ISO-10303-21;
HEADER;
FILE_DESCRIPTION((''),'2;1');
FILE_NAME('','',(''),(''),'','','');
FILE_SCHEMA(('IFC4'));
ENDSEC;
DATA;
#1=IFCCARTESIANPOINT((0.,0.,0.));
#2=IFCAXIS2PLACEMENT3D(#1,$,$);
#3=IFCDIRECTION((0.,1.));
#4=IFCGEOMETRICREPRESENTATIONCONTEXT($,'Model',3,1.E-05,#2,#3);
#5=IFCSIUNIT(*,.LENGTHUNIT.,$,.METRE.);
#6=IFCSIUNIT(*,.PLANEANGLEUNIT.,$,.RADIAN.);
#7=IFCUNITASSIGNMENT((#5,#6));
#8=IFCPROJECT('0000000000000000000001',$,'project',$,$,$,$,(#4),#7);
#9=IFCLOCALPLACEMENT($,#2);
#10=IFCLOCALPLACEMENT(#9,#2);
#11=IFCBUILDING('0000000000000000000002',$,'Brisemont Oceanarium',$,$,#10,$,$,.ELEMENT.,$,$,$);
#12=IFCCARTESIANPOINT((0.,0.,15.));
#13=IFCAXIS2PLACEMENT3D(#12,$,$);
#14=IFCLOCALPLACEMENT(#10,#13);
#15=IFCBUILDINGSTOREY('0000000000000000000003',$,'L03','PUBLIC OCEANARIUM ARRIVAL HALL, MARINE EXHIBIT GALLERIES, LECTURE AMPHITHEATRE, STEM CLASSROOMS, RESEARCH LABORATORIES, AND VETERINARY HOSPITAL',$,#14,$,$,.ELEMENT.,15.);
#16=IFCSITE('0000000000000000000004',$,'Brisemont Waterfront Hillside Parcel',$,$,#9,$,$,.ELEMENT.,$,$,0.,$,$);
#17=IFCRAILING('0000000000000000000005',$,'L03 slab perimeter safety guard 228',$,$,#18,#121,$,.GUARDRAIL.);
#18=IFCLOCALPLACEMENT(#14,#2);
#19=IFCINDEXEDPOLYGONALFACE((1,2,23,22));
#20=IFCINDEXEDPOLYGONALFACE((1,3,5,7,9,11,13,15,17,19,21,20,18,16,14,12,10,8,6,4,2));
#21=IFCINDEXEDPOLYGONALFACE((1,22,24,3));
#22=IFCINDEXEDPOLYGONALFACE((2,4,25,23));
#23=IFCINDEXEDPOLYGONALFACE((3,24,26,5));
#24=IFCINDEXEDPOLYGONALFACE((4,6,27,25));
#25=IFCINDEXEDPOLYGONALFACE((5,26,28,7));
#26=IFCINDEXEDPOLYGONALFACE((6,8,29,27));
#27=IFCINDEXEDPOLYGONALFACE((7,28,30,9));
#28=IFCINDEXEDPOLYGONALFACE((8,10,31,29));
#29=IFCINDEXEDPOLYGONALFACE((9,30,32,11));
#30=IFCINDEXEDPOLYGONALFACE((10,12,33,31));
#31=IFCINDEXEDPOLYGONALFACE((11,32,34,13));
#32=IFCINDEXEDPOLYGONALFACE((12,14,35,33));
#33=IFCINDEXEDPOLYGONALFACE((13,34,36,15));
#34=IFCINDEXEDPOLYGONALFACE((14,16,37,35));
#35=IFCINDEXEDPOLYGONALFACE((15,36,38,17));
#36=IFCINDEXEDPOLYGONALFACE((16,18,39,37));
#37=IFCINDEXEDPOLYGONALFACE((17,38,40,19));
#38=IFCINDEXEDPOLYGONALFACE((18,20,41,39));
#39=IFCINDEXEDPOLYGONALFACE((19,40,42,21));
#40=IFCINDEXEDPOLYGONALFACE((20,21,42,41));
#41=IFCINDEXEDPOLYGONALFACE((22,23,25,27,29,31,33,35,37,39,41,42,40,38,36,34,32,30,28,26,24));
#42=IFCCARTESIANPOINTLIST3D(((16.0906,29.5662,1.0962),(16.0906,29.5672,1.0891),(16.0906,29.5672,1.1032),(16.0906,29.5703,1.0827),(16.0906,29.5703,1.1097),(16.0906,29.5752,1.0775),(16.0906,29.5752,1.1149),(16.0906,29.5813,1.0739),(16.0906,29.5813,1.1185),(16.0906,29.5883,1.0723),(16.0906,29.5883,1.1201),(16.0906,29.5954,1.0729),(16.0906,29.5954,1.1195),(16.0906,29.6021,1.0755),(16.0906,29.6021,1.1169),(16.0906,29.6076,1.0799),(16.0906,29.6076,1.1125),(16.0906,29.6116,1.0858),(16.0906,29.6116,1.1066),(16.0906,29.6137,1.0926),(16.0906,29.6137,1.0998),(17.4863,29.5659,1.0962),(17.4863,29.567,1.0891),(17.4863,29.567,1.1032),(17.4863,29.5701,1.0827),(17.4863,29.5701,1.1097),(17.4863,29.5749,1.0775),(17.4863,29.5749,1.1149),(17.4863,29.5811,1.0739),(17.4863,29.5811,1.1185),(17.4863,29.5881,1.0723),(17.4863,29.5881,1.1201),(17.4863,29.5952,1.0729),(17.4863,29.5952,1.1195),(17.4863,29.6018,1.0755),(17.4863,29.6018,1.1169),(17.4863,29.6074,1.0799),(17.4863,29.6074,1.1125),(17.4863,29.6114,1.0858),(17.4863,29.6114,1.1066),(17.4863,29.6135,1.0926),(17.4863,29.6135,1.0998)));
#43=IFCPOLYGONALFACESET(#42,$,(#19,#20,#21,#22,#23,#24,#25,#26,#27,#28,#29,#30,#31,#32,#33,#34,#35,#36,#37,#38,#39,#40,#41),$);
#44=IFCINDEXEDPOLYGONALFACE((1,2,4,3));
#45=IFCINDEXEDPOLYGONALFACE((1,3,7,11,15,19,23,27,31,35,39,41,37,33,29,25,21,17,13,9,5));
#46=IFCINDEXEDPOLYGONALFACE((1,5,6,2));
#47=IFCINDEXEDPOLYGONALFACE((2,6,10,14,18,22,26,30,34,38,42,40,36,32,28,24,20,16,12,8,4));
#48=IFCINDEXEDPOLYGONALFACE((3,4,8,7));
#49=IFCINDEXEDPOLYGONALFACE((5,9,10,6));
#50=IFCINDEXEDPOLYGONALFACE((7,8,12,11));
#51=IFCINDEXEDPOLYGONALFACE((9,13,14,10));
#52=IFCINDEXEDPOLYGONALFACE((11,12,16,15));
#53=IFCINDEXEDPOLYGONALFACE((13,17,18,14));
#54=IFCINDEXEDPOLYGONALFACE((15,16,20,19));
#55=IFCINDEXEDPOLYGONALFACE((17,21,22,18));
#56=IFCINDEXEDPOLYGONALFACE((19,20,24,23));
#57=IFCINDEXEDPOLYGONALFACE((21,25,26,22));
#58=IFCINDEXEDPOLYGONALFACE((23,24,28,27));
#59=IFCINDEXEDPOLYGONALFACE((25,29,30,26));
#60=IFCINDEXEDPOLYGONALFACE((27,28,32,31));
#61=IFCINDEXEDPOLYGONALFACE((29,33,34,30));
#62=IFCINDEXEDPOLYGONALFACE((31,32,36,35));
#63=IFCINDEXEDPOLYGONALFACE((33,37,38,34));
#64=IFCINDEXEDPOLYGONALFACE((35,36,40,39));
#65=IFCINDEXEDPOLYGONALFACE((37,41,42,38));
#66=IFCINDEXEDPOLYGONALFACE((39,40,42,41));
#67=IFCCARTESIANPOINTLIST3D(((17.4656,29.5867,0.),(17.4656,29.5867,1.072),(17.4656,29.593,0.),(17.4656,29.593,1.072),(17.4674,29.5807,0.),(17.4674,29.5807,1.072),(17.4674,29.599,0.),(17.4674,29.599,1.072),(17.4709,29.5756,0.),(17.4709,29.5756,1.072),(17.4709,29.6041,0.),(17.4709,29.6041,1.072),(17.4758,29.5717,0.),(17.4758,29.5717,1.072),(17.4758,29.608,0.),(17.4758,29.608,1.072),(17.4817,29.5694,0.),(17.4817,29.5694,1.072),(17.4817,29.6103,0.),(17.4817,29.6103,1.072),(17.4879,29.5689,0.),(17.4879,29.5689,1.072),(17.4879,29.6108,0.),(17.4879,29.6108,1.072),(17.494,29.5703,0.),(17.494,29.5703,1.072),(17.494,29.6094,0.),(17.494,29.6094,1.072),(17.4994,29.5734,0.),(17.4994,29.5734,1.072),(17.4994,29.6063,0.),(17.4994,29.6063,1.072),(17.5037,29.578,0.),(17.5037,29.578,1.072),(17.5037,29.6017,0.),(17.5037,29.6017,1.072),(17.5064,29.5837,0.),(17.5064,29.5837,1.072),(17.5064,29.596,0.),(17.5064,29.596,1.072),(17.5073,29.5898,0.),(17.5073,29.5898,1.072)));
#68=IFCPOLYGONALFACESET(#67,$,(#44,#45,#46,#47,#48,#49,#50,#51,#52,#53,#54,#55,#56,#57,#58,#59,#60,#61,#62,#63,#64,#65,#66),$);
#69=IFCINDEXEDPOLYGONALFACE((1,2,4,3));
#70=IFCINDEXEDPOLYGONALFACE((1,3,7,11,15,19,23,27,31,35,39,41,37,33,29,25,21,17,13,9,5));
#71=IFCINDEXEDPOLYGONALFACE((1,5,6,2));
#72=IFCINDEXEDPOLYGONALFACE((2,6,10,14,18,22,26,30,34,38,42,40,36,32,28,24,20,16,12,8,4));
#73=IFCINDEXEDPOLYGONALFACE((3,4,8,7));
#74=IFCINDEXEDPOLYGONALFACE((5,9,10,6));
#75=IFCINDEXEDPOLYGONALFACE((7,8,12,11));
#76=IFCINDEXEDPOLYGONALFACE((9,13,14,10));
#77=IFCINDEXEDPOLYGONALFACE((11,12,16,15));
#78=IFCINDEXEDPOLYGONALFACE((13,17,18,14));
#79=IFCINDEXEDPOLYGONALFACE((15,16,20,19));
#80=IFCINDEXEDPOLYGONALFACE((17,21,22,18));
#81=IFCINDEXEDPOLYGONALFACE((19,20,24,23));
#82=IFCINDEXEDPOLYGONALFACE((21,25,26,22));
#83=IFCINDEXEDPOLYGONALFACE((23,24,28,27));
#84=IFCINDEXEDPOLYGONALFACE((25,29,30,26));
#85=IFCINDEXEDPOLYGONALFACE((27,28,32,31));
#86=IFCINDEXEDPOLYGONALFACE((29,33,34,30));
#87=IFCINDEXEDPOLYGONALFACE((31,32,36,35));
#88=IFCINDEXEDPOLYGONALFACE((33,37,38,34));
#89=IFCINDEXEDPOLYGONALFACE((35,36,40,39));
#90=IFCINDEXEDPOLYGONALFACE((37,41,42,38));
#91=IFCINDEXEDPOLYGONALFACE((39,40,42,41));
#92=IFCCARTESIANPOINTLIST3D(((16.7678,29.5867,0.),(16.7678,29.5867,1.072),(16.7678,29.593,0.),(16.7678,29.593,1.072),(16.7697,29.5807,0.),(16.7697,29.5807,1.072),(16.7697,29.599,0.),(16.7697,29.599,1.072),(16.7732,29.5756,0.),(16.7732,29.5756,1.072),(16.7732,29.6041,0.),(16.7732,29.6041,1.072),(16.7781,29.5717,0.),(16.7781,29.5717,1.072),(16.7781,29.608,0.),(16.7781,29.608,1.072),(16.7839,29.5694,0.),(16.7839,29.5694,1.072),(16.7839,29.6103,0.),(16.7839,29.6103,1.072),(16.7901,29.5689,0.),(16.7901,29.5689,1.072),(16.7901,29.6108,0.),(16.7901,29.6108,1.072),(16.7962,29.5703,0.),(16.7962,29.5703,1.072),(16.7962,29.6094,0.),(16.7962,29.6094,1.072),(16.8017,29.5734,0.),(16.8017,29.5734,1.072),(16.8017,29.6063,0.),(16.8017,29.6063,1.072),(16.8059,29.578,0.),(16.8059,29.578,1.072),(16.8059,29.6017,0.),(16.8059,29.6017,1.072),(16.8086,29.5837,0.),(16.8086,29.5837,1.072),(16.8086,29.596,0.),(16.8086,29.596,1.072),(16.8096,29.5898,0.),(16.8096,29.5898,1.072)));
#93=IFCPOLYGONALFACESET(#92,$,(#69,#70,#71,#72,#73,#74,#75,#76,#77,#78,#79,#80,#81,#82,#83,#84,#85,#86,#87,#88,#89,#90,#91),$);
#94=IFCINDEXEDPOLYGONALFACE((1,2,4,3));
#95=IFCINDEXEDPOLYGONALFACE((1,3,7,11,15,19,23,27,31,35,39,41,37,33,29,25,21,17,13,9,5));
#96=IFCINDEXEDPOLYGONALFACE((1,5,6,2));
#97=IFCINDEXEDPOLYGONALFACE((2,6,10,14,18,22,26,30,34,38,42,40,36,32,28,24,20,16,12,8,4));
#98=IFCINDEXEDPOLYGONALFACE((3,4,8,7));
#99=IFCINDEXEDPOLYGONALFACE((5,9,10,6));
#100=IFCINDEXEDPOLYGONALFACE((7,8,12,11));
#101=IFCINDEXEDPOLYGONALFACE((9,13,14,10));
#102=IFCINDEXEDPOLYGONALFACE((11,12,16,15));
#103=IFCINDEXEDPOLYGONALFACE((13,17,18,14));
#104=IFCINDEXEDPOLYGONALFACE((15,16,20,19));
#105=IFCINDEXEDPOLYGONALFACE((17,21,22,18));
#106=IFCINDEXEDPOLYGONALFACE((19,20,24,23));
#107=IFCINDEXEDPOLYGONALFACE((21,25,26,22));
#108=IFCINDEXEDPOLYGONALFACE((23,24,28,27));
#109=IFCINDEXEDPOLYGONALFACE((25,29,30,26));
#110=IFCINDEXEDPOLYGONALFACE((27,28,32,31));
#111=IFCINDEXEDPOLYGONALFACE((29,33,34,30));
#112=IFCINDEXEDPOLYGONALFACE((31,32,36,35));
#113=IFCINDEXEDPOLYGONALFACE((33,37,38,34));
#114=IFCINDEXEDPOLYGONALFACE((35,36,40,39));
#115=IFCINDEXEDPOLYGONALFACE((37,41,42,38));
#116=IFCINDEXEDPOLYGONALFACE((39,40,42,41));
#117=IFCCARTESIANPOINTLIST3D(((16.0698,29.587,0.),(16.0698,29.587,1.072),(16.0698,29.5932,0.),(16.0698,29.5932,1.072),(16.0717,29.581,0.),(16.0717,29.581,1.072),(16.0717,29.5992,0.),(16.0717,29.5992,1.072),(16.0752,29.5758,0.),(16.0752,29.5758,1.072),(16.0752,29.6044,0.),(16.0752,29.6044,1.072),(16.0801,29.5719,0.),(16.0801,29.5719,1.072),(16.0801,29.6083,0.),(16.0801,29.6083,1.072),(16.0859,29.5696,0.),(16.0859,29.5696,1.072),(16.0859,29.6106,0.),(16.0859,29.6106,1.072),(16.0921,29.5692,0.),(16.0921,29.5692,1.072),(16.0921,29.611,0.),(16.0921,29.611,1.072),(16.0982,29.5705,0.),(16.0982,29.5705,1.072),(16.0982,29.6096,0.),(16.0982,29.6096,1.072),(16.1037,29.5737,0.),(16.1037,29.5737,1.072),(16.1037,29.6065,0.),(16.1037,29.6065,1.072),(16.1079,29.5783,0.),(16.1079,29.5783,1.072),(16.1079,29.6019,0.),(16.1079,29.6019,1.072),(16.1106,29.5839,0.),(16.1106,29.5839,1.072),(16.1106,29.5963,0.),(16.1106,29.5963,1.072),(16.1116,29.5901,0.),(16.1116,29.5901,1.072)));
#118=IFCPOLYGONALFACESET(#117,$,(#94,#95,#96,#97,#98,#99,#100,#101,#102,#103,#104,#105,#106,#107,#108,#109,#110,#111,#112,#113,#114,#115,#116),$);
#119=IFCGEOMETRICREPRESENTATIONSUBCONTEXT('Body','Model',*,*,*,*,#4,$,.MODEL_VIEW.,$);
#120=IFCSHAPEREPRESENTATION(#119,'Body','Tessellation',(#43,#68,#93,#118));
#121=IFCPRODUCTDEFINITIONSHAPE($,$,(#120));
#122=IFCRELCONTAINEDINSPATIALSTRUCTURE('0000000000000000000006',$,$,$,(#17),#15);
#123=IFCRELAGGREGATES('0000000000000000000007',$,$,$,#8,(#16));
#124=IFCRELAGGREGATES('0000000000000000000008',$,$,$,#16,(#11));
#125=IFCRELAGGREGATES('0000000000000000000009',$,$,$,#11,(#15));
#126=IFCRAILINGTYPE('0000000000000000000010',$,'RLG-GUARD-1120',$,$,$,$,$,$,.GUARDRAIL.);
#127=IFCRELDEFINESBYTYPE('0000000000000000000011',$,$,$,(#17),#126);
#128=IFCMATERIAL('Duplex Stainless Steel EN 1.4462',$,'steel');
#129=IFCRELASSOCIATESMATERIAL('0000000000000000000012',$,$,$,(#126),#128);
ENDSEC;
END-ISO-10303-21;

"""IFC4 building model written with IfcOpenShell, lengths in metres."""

from ifc_helpers import new_model, si_unit, direction, frame, origin, origin_2d, place, context, subcontext, project, spatial, circle, extrude, material, type_object, element, save


model = new_model("IFC4")

# Units and contexts
model_context = context("Model", 3, precision=1e-05, world=origin(), true_north=direction((0.0, 1.0)))
body_context = subcontext(model_context, "Body", "Model", "MODEL_VIEW")
ifc_project = project(units=[si_unit("LENGTHUNIT", "METRE"), si_unit("PLANEANGLEUNIT", "RADIAN")], contexts=[model_context])

# Site, building, storey
site_placement = place(None, origin())
site = spatial("IfcSite", under=ifc_project, at=site_placement, Name="Brisemont Waterfront Hillside Parcel", CompositionType="ELEMENT", RefElevation=0.0)
building_placement = place(site_placement, origin())
building = spatial("IfcBuilding", under=site, at=building_placement, Name="Brisemont Oceanarium", CompositionType="ELEMENT")
storey_placement = place(building_placement, frame((0.0, 0.0, 15.0)))
storey = spatial("IfcBuildingStorey", under=building, at=storey_placement, Name="L03", Description="PUBLIC OCEANARIUM ARRIVAL HALL, MARINE EXHIBIT GALLERIES, LECTURE AMPHITHEATRE, STEM CLASSROOMS, RESEARCH LABORATORIES, AND VETERINARY HOSPITAL", CompositionType="ELEMENT", Elevation=15.0)

# Railing
ifc_material_1 = material(Name="Duplex Stainless Steel EN 1.4462", Category="steel")
railing_type = type_object("IfcRailingType", Name="RLG-GUARD-1120", PredefinedType="GUARDRAIL", material=ifc_material_1)
railing_1_placement = place(storey_placement, frame((17.4863, 29.5898, 0.0)))
element("IfcRailing", 1, at=railing_1_placement, inside=storey, type_object=railing_type, Name="L03 slab perimeter safety guard 228", PredefinedType="GUARDRAIL", context=body_context, shape_type="SweptSolid", body=[
    extrude(circle(Radius=0.0239, at=origin_2d()), frame((0.0, 0.0, 1.0962), z_axis=(-1.0, 0.000175, 0.0), x_axis=(-0.000175, -1.0, 0.0)), (0.0, 0.0, 1.0), 1.3958),
    extrude(circle(Radius=0.021, at=origin_2d()), origin(), (0.0, 0.0, 1.0), 1.072),
    extrude(circle(Radius=0.021, at=origin_2d()), frame((-0.6978, 0.0, 0.0)), (0.0, 0.0, 1.0), 1.072),
    extrude(circle(Radius=0.021, at=origin_2d()), frame((-1.3958, 0.0002, 0.0)), (0.0, 0.0, 1.0), 1.072),
])

save(model, "model.ifc")
